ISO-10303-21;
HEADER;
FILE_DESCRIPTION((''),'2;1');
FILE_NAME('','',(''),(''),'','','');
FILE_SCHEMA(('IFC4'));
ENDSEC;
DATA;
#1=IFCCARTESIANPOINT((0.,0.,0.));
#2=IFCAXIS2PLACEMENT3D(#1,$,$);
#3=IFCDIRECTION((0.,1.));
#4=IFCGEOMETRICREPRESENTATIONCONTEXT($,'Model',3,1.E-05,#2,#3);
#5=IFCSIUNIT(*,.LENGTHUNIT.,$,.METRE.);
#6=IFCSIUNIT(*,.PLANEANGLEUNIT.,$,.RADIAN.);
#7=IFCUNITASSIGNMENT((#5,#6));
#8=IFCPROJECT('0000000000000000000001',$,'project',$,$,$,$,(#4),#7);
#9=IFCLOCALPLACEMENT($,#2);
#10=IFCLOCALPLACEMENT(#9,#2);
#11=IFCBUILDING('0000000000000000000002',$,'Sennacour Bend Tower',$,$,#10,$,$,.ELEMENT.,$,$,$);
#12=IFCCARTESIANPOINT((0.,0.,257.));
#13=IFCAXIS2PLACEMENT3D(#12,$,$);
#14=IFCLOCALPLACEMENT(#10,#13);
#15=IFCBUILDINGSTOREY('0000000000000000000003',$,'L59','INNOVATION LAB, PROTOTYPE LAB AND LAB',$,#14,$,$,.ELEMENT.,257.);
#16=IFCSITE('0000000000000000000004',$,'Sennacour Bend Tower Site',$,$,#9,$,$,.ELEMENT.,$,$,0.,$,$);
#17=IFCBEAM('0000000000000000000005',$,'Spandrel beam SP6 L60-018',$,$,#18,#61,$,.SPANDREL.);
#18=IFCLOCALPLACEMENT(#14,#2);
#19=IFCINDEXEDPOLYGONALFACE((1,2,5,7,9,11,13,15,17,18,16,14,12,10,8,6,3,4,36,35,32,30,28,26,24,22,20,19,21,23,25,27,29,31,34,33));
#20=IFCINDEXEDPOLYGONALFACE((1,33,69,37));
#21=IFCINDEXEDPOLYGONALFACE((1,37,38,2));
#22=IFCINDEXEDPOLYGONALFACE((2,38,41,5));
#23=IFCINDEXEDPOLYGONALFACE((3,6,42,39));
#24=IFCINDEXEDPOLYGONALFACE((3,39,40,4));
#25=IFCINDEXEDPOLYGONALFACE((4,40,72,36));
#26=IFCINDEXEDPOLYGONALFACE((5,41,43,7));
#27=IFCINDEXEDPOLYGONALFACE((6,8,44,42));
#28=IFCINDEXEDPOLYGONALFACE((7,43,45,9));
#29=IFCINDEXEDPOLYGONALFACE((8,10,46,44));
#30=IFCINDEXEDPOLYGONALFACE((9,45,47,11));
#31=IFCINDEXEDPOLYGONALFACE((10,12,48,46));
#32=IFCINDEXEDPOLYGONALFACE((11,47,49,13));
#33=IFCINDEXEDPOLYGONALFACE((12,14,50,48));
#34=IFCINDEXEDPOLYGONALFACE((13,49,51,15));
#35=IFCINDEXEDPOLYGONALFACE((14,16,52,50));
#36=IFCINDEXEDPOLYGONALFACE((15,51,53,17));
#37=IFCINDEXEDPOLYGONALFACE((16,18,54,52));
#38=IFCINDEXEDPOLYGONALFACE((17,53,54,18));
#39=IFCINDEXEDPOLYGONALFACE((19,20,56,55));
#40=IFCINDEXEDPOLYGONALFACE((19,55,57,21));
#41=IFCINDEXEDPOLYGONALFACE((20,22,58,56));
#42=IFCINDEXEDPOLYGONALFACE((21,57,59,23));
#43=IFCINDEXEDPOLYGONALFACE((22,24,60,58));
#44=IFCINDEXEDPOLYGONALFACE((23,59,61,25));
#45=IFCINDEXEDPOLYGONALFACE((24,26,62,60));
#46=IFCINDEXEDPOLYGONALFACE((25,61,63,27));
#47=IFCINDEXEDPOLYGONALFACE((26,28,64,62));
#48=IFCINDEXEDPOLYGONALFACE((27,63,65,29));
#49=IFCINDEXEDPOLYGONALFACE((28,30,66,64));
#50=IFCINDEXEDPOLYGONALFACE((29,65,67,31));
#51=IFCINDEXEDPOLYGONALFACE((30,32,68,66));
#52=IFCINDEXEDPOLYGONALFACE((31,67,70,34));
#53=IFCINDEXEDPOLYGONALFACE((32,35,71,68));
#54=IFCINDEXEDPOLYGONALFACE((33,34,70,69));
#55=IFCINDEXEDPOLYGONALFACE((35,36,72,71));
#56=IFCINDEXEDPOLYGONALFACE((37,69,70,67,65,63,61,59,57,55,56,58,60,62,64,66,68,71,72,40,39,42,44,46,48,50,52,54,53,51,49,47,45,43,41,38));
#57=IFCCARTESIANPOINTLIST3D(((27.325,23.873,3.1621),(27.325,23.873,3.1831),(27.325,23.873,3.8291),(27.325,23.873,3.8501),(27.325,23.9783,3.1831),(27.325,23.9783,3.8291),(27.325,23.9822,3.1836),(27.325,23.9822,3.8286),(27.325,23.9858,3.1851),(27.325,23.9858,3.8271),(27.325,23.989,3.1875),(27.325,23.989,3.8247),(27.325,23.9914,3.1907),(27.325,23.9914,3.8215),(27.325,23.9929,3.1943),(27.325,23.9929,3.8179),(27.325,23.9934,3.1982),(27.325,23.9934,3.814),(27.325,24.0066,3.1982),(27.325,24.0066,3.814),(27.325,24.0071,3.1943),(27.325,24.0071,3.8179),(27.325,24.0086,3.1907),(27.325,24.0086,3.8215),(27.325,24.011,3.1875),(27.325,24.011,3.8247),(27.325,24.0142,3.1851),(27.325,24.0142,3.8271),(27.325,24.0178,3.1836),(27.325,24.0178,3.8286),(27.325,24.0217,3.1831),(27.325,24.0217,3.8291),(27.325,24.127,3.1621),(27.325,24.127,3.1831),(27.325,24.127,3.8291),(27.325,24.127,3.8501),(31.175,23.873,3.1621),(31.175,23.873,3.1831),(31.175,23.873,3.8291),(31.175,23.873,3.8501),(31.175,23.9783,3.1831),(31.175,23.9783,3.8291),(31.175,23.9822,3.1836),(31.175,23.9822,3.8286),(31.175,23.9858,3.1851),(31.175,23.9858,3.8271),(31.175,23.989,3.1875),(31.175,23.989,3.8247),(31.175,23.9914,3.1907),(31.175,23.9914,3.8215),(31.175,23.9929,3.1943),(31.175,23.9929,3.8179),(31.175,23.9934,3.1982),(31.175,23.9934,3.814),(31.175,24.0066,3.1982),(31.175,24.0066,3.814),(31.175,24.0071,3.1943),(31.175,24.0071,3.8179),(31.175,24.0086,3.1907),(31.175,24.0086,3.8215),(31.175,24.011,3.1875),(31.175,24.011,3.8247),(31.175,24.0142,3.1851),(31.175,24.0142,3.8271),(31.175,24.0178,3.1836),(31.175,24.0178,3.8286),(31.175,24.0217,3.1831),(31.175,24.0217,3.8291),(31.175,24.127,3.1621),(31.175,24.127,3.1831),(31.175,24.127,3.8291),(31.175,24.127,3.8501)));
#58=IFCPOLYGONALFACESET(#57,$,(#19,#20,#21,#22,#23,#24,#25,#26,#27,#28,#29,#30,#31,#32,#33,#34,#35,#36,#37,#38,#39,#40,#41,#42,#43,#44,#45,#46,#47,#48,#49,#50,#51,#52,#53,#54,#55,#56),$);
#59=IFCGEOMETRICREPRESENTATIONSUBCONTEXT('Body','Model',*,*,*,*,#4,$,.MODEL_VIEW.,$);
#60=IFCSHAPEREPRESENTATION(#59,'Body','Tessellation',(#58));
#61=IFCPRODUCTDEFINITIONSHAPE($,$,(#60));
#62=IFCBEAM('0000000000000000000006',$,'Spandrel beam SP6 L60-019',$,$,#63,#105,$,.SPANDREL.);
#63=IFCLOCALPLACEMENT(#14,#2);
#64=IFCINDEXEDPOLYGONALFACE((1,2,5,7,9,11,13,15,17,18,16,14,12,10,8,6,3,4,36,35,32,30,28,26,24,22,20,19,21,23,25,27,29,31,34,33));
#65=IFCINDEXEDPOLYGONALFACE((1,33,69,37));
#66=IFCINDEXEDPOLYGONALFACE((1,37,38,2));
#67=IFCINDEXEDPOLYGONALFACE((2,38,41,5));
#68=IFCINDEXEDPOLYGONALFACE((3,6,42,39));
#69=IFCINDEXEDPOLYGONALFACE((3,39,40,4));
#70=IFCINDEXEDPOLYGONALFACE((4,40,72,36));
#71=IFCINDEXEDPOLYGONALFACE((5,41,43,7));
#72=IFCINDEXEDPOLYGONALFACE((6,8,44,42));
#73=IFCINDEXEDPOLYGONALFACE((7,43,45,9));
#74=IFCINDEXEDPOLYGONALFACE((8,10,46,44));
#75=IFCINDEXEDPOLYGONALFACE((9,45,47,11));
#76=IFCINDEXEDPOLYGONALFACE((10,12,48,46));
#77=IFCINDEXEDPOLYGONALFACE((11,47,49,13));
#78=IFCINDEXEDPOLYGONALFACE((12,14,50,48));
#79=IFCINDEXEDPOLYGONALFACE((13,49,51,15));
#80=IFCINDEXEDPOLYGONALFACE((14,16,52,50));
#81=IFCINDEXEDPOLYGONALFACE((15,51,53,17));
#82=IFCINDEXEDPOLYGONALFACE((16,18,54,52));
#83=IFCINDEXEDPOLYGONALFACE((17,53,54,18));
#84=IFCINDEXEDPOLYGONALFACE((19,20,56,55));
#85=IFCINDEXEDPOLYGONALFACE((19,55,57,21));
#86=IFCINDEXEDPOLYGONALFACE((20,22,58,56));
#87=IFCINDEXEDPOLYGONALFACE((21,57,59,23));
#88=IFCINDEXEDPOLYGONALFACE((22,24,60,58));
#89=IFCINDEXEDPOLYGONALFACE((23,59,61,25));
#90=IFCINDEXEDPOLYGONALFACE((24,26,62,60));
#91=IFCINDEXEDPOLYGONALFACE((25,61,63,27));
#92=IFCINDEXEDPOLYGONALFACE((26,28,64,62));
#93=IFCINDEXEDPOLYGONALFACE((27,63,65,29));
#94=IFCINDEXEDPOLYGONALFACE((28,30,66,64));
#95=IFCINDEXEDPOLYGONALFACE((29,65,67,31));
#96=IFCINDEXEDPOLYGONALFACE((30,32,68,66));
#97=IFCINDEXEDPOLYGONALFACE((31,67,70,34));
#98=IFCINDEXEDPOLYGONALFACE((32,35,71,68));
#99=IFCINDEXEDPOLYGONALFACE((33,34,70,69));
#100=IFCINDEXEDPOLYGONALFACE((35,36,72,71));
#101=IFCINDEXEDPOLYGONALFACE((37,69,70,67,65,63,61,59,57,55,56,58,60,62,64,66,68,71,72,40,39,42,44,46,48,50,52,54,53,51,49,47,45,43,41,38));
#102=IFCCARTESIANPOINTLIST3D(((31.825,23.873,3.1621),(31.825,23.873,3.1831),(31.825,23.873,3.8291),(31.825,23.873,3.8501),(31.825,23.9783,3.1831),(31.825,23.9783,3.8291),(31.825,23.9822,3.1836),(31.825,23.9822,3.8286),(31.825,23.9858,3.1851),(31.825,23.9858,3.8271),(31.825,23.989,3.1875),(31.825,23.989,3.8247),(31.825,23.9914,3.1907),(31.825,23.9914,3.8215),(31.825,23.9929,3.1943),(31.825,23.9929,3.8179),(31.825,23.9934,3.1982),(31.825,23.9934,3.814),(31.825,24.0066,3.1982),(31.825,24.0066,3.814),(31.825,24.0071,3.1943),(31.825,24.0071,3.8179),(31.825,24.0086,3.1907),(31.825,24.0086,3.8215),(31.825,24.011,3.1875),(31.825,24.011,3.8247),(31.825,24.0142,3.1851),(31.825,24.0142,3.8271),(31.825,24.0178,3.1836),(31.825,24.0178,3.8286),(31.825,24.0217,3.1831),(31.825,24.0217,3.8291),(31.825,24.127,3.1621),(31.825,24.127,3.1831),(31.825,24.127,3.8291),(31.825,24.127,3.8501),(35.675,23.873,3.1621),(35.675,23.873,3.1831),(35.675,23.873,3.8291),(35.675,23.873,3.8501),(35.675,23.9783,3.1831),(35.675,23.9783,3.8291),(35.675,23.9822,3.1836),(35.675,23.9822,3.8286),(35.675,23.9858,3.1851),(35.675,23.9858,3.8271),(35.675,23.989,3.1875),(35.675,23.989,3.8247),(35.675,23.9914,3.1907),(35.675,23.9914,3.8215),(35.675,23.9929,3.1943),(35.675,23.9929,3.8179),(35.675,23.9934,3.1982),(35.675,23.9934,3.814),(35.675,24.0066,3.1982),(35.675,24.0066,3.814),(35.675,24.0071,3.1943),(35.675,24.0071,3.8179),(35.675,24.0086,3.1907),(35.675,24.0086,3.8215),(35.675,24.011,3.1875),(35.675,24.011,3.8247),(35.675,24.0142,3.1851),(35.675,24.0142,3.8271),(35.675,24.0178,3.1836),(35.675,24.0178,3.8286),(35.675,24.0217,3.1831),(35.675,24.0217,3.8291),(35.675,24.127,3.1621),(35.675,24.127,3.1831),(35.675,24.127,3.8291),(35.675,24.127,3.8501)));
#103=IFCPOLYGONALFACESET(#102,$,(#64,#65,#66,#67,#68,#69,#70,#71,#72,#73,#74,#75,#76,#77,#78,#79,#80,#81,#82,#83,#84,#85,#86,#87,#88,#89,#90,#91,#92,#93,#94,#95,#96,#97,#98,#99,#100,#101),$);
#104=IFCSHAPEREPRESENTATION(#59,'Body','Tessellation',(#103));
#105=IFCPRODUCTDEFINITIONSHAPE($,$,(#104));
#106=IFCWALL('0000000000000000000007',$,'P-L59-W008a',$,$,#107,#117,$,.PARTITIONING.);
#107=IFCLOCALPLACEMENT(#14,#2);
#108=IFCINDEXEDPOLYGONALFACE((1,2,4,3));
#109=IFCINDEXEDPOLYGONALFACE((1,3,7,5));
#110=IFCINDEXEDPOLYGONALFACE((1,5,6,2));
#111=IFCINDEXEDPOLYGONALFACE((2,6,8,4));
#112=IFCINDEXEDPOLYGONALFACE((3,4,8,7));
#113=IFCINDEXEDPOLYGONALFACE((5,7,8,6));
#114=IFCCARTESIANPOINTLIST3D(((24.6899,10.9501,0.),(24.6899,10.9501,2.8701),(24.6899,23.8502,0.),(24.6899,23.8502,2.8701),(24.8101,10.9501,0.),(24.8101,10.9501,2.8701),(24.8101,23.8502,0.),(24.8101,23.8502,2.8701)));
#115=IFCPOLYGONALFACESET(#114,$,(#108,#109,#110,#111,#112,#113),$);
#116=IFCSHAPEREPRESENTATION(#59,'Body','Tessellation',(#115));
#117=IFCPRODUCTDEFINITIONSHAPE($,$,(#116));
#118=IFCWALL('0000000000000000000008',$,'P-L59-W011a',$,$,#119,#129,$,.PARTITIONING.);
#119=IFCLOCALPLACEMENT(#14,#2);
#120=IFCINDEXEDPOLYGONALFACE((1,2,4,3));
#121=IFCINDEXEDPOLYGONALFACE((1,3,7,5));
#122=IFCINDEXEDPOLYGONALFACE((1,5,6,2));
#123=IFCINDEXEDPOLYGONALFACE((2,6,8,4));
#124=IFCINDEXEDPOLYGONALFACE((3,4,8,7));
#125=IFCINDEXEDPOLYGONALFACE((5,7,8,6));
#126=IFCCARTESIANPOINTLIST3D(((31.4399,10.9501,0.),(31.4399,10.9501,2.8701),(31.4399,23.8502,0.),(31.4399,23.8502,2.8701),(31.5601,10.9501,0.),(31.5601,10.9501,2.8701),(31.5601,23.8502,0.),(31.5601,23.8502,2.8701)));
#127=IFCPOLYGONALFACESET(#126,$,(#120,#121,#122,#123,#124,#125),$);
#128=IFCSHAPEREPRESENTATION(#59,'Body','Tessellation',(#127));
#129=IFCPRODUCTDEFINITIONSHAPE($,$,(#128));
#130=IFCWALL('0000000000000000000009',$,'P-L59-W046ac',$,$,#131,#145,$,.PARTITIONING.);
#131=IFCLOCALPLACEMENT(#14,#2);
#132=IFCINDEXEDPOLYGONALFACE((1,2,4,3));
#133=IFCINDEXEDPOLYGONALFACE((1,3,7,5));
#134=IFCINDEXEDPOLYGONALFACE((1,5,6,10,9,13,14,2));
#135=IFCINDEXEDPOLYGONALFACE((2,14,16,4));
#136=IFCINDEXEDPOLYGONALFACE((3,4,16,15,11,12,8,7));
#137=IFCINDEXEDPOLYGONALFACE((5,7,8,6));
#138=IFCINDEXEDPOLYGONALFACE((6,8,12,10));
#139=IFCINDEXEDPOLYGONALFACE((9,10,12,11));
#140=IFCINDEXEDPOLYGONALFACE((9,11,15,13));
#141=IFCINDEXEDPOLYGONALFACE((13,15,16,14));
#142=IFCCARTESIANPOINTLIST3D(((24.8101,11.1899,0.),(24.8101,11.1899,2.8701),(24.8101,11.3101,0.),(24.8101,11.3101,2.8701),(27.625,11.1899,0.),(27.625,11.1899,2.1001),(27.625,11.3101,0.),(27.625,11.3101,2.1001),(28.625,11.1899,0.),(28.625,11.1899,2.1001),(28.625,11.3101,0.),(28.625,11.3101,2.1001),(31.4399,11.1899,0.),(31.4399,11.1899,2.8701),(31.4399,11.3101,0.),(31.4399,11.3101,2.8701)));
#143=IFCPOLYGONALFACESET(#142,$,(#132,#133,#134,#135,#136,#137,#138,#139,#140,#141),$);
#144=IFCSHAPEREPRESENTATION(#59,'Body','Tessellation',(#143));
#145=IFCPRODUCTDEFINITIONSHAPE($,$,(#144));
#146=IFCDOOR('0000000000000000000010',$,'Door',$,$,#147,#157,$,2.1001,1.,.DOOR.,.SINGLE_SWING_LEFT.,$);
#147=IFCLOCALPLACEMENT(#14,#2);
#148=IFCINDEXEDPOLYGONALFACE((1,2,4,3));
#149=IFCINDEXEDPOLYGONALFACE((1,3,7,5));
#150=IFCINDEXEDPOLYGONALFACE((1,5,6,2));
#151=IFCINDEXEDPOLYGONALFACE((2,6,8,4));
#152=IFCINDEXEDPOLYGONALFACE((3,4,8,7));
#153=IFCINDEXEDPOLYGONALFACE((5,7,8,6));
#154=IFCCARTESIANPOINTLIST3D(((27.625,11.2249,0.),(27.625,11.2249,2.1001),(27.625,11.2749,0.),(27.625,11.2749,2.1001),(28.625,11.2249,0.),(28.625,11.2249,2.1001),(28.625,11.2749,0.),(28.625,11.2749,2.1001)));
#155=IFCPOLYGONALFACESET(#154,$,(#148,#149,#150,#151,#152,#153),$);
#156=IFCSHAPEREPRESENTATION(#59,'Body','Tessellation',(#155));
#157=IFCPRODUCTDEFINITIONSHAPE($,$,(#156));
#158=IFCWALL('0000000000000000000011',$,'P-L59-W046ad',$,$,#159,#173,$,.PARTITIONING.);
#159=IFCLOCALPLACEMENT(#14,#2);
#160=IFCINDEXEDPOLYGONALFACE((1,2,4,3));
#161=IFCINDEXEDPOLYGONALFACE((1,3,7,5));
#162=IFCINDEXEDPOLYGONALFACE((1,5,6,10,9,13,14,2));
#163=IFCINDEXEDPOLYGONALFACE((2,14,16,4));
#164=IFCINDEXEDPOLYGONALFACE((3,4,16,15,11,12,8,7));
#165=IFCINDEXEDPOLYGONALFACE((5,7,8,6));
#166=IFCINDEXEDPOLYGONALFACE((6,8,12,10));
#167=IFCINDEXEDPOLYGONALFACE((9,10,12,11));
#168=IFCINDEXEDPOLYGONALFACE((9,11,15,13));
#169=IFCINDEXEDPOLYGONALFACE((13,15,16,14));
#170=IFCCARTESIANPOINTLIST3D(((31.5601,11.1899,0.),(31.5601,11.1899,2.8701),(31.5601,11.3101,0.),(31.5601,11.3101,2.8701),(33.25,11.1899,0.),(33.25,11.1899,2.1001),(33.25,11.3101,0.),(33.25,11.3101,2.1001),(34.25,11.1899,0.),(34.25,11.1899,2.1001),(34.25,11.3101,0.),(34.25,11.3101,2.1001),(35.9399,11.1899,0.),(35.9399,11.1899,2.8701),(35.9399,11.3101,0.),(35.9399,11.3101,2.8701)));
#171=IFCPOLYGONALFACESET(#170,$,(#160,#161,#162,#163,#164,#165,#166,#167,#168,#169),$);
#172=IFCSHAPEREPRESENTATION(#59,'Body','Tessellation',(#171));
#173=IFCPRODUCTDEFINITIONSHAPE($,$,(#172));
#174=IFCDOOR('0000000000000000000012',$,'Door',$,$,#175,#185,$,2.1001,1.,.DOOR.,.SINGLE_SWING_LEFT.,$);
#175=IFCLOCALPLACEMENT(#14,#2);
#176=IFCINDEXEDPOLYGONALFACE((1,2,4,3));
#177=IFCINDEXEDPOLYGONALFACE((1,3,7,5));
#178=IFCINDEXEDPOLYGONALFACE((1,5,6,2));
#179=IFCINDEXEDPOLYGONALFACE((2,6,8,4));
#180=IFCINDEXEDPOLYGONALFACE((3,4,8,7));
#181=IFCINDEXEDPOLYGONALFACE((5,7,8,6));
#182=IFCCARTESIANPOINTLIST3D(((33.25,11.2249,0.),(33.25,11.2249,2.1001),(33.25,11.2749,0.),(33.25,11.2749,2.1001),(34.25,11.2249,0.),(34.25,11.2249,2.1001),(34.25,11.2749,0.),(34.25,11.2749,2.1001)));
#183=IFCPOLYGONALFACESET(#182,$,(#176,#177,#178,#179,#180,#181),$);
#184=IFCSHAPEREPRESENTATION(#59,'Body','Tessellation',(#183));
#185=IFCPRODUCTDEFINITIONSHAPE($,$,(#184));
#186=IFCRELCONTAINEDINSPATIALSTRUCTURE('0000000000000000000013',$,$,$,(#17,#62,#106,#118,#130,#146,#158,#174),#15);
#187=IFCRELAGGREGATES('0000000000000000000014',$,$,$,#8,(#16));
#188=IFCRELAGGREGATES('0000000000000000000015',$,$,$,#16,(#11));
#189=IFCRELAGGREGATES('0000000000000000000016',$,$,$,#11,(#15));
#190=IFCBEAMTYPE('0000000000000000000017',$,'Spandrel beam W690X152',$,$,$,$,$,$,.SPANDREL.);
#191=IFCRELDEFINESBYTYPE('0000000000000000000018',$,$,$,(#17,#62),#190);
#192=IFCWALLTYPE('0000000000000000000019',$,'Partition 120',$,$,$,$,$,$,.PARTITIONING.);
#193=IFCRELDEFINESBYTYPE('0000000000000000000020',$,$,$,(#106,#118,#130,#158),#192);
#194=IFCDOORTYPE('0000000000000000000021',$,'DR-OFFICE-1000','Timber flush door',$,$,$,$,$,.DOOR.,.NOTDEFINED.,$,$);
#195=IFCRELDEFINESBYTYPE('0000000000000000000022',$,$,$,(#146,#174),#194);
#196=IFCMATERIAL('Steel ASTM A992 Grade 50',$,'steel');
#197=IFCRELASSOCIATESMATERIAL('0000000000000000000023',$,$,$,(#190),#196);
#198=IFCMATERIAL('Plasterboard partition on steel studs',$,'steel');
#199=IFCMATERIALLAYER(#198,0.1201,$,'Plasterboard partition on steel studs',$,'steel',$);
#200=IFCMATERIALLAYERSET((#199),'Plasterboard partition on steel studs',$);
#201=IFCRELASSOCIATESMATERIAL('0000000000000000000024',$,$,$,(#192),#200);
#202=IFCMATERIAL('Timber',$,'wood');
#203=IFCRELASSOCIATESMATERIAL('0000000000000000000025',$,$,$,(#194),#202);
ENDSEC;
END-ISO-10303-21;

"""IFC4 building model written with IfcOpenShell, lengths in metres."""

from ifc_helpers import new_model, si_unit, direction, frame, frame_2d, origin, origin_2d, place, context, subcontext, project, spatial, rectangle, i_section, extrude, material, layer, layer_set, material_profile, profile_set, type_object, element, fill, save


model = new_model("IFC4")

# Units and contexts
model_context = context("Model", 3, precision=1e-05, world=origin(), true_north=direction((0.0, 1.0)))
body_context = subcontext(model_context, "Body", "Model", "MODEL_VIEW")
ifc_project = project(units=[si_unit("LENGTHUNIT", "METRE"), si_unit("PLANEANGLEUNIT", "RADIAN")], contexts=[model_context])

# Site, building, storey
site_placement = place(None, origin())
site = spatial("IfcSite", under=ifc_project, at=site_placement, Name="Sennacour Bend Tower Site", CompositionType="ELEMENT", RefElevation=0.0)
building_placement = place(site_placement, origin())
building = spatial("IfcBuilding", under=site, at=building_placement, Name="Sennacour Bend Tower", CompositionType="ELEMENT")
storey_placement = place(building_placement, frame((0.0, 0.0, 257.0)))
storey = spatial("IfcBuildingStorey", under=building, at=storey_placement, Name="L59", Description="INNOVATION LAB, PROTOTYPE LAB AND LAB", CompositionType="ELEMENT", Elevation=257.0)

# Beams
ifc_material_1 = material(Name="Steel ASTM A992 Grade 50", Category="steel")
ifc_material_profile_1 = material_profile(ifc_material_1, i_section(OverallWidth=0.2539, OverallDepth=0.688, WebThickness=0.0132, FlangeThickness=0.021, FilletRadius=0.0151, at=origin_2d()), Name="Steel ASTM A992 Grade 50", Category="steel")
ifc_profile_set_1 = profile_set([ifc_material_profile_1], Name="Steel ASTM A992 Grade 50")
beam_type_1 = type_object("IfcBeamType", Name="Spandrel beam W690X152", PredefinedType="SPANDREL", material=ifc_profile_set_1)
for number, where, z_axis, x_axis, name in (
    (1, (27.325, 24.0, 3.5061), (1.0, 0.0, 0.0), (0.0, 1.0, 0.0), "Spandrel beam SP6 L60-018"),
    (2, (31.825, 24.0, 3.5061), (1.0, 0.0, 0.0), (0.0, 1.0, 0.0), "Spandrel beam SP6 L60-019"),
):
    element("IfcBeam", number, at=place(storey_placement, frame(where, z_axis=z_axis, x_axis=x_axis)), inside=storey, type_object=beam_type_1, Name=name, PredefinedType="SPANDREL", context=body_context, shape_type="SweptSolid", body=[
        extrude(i_section(OverallWidth=0.2539, OverallDepth=0.688, WebThickness=0.0132, FlangeThickness=0.021, FilletRadius=0.0151, at=origin_2d()), origin(), (0.0, 0.0, 1.0), 3.8501),
    ])

# Walls
ifc_material_2 = material(Name="Plasterboard partition on steel studs", Category="steel")
ifc_layer_1 = layer(ifc_material_2, 0.1201, Name="Plasterboard partition on steel studs", Category="steel")
ifc_layer_set_1 = layer_set([ifc_layer_1], Name="Plasterboard partition on steel studs")
wall_type_1 = type_object("IfcWallType", Name="Partition 120", PredefinedType="PARTITIONING", material=ifc_layer_set_1)
for number, where, z_axis, x_axis, name in (
    (3, (24.75, 10.95, 0.0), (0.0, 0.0, 1.0), (0.0, 1.0, 0.0), "P-L59-W008a"),
    (4, (31.5, 10.95, 0.0), (0.0, 0.0, 1.0), (0.0, 1.0, 0.0), "P-L59-W011a"),
):
    element("IfcWall", number, at=place(storey_placement, frame(where, z_axis=z_axis, x_axis=x_axis)), inside=storey, type_object=wall_type_1, Name=name, PredefinedType="PARTITIONING", context=body_context, shape_type="SweptSolid", body=[
        extrude(rectangle(XDim=12.9001, YDim=0.1201, at=frame_2d((6.4502, 0.0))), origin(), (0.0, 0.0, 1.0), 2.8701),
    ])

# Walls, openings, doors
wall_1_placement = place(storey_placement, frame((24.8101, 11.25, 0.0), z_axis=(0.0, 0.0, 1.0), x_axis=(1.0, 0.0, 0.0)))
wall_1 = element("IfcWall", 5, at=wall_1_placement, inside=storey, type_object=wall_type_1, Name="P-L59-W046ac", PredefinedType="PARTITIONING", context=body_context, shape_type="SweptSolid", body=[
    extrude(rectangle(XDim=6.6299, YDim=0.1201, at=frame_2d((3.3149, 0.0))), origin(), (0.0, 0.0, 1.0), 2.8701),
])
opening_1_placement = place(wall_1_placement, frame((2.8149, 0.0, 0.0)))
opening_1 = element("IfcOpeningElement", 6, at=opening_1_placement, cuts=wall_1, PredefinedType="OPENING", context=body_context, shape_type="SweptSolid", body=[
    extrude(rectangle(XDim=1.0, YDim=2.1001, at=frame_2d((0.5, 1.05))), frame((0.0, 0.0701, 0.0), z_axis=(0.0, -1.0, 0.0), x_axis=(1.0, 0.0, 0.0)), (0.0, 0.0, 1.0), 0.1401),
])
ifc_material_3 = material(Name="Timber", Category="wood")
door_type_1 = type_object("IfcDoorType", Name="DR-OFFICE-1000", Description="Timber flush door", OperationType="NOTDEFINED", PredefinedType="DOOR", material=ifc_material_3)
door_1_placement = place(opening_1_placement, origin())
door_1 = element("IfcDoor", 7, at=door_1_placement, inside=storey, type_object=door_type_1, Name="Door", OperationType="SINGLE_SWING_LEFT", OverallHeight=2.1001, OverallWidth=1.0, PredefinedType="DOOR", context=body_context, shape_type="SweptSolid", body=[
    extrude(rectangle(XDim=1.0, YDim=2.1001, at=frame_2d((0.5, 1.05))), frame((0.0, 0.0249, 0.0), z_axis=(0.0, -1.0, 0.0), x_axis=(1.0, 0.0, 0.0)), (0.0, 0.0, 1.0), 0.05),
])
fill(opening_1, door_1)
wall_2_placement = place(storey_placement, frame((31.5601, 11.25, 0.0), z_axis=(0.0, 0.0, 1.0), x_axis=(1.0, 0.0, 0.0)))
wall_2 = element("IfcWall", 8, at=wall_2_placement, inside=storey, type_object=wall_type_1, Name="P-L59-W046ad", PredefinedType="PARTITIONING", context=body_context, shape_type="SweptSolid", body=[
    extrude(rectangle(XDim=4.3799, YDim=0.1201, at=frame_2d((2.1899, 0.0))), origin(), (0.0, 0.0, 1.0), 2.8701),
])
opening_2_placement = place(wall_2_placement, frame((1.6899, 0.0, 0.0)))
opening_2 = element("IfcOpeningElement", 9, at=opening_2_placement, cuts=wall_2, PredefinedType="OPENING", context=body_context, shape_type="SweptSolid", body=[
    extrude(rectangle(XDim=1.0, YDim=2.1001, at=frame_2d((0.5, 1.05))), frame((0.0, 0.0701, 0.0), z_axis=(0.0, -1.0, 0.0), x_axis=(1.0, 0.0, 0.0)), (0.0, 0.0, 1.0), 0.1401),
])
door_2_placement = place(opening_2_placement, origin())
door_2 = element("IfcDoor", 10, at=door_2_placement, inside=storey, type_object=door_type_1, Name="Door", OperationType="SINGLE_SWING_LEFT", OverallHeight=2.1001, OverallWidth=1.0, PredefinedType="DOOR", context=body_context, shape_type="SweptSolid", body=[
    extrude(rectangle(XDim=1.0, YDim=2.1001, at=frame_2d((0.5, 1.05))), frame((0.0, 0.0249, 0.0), z_axis=(0.0, -1.0, 0.0), x_axis=(1.0, 0.0, 0.0)), (0.0, 0.0, 1.0), 0.05),
])
fill(opening_2, door_2)

save(model, "model.ifc")
